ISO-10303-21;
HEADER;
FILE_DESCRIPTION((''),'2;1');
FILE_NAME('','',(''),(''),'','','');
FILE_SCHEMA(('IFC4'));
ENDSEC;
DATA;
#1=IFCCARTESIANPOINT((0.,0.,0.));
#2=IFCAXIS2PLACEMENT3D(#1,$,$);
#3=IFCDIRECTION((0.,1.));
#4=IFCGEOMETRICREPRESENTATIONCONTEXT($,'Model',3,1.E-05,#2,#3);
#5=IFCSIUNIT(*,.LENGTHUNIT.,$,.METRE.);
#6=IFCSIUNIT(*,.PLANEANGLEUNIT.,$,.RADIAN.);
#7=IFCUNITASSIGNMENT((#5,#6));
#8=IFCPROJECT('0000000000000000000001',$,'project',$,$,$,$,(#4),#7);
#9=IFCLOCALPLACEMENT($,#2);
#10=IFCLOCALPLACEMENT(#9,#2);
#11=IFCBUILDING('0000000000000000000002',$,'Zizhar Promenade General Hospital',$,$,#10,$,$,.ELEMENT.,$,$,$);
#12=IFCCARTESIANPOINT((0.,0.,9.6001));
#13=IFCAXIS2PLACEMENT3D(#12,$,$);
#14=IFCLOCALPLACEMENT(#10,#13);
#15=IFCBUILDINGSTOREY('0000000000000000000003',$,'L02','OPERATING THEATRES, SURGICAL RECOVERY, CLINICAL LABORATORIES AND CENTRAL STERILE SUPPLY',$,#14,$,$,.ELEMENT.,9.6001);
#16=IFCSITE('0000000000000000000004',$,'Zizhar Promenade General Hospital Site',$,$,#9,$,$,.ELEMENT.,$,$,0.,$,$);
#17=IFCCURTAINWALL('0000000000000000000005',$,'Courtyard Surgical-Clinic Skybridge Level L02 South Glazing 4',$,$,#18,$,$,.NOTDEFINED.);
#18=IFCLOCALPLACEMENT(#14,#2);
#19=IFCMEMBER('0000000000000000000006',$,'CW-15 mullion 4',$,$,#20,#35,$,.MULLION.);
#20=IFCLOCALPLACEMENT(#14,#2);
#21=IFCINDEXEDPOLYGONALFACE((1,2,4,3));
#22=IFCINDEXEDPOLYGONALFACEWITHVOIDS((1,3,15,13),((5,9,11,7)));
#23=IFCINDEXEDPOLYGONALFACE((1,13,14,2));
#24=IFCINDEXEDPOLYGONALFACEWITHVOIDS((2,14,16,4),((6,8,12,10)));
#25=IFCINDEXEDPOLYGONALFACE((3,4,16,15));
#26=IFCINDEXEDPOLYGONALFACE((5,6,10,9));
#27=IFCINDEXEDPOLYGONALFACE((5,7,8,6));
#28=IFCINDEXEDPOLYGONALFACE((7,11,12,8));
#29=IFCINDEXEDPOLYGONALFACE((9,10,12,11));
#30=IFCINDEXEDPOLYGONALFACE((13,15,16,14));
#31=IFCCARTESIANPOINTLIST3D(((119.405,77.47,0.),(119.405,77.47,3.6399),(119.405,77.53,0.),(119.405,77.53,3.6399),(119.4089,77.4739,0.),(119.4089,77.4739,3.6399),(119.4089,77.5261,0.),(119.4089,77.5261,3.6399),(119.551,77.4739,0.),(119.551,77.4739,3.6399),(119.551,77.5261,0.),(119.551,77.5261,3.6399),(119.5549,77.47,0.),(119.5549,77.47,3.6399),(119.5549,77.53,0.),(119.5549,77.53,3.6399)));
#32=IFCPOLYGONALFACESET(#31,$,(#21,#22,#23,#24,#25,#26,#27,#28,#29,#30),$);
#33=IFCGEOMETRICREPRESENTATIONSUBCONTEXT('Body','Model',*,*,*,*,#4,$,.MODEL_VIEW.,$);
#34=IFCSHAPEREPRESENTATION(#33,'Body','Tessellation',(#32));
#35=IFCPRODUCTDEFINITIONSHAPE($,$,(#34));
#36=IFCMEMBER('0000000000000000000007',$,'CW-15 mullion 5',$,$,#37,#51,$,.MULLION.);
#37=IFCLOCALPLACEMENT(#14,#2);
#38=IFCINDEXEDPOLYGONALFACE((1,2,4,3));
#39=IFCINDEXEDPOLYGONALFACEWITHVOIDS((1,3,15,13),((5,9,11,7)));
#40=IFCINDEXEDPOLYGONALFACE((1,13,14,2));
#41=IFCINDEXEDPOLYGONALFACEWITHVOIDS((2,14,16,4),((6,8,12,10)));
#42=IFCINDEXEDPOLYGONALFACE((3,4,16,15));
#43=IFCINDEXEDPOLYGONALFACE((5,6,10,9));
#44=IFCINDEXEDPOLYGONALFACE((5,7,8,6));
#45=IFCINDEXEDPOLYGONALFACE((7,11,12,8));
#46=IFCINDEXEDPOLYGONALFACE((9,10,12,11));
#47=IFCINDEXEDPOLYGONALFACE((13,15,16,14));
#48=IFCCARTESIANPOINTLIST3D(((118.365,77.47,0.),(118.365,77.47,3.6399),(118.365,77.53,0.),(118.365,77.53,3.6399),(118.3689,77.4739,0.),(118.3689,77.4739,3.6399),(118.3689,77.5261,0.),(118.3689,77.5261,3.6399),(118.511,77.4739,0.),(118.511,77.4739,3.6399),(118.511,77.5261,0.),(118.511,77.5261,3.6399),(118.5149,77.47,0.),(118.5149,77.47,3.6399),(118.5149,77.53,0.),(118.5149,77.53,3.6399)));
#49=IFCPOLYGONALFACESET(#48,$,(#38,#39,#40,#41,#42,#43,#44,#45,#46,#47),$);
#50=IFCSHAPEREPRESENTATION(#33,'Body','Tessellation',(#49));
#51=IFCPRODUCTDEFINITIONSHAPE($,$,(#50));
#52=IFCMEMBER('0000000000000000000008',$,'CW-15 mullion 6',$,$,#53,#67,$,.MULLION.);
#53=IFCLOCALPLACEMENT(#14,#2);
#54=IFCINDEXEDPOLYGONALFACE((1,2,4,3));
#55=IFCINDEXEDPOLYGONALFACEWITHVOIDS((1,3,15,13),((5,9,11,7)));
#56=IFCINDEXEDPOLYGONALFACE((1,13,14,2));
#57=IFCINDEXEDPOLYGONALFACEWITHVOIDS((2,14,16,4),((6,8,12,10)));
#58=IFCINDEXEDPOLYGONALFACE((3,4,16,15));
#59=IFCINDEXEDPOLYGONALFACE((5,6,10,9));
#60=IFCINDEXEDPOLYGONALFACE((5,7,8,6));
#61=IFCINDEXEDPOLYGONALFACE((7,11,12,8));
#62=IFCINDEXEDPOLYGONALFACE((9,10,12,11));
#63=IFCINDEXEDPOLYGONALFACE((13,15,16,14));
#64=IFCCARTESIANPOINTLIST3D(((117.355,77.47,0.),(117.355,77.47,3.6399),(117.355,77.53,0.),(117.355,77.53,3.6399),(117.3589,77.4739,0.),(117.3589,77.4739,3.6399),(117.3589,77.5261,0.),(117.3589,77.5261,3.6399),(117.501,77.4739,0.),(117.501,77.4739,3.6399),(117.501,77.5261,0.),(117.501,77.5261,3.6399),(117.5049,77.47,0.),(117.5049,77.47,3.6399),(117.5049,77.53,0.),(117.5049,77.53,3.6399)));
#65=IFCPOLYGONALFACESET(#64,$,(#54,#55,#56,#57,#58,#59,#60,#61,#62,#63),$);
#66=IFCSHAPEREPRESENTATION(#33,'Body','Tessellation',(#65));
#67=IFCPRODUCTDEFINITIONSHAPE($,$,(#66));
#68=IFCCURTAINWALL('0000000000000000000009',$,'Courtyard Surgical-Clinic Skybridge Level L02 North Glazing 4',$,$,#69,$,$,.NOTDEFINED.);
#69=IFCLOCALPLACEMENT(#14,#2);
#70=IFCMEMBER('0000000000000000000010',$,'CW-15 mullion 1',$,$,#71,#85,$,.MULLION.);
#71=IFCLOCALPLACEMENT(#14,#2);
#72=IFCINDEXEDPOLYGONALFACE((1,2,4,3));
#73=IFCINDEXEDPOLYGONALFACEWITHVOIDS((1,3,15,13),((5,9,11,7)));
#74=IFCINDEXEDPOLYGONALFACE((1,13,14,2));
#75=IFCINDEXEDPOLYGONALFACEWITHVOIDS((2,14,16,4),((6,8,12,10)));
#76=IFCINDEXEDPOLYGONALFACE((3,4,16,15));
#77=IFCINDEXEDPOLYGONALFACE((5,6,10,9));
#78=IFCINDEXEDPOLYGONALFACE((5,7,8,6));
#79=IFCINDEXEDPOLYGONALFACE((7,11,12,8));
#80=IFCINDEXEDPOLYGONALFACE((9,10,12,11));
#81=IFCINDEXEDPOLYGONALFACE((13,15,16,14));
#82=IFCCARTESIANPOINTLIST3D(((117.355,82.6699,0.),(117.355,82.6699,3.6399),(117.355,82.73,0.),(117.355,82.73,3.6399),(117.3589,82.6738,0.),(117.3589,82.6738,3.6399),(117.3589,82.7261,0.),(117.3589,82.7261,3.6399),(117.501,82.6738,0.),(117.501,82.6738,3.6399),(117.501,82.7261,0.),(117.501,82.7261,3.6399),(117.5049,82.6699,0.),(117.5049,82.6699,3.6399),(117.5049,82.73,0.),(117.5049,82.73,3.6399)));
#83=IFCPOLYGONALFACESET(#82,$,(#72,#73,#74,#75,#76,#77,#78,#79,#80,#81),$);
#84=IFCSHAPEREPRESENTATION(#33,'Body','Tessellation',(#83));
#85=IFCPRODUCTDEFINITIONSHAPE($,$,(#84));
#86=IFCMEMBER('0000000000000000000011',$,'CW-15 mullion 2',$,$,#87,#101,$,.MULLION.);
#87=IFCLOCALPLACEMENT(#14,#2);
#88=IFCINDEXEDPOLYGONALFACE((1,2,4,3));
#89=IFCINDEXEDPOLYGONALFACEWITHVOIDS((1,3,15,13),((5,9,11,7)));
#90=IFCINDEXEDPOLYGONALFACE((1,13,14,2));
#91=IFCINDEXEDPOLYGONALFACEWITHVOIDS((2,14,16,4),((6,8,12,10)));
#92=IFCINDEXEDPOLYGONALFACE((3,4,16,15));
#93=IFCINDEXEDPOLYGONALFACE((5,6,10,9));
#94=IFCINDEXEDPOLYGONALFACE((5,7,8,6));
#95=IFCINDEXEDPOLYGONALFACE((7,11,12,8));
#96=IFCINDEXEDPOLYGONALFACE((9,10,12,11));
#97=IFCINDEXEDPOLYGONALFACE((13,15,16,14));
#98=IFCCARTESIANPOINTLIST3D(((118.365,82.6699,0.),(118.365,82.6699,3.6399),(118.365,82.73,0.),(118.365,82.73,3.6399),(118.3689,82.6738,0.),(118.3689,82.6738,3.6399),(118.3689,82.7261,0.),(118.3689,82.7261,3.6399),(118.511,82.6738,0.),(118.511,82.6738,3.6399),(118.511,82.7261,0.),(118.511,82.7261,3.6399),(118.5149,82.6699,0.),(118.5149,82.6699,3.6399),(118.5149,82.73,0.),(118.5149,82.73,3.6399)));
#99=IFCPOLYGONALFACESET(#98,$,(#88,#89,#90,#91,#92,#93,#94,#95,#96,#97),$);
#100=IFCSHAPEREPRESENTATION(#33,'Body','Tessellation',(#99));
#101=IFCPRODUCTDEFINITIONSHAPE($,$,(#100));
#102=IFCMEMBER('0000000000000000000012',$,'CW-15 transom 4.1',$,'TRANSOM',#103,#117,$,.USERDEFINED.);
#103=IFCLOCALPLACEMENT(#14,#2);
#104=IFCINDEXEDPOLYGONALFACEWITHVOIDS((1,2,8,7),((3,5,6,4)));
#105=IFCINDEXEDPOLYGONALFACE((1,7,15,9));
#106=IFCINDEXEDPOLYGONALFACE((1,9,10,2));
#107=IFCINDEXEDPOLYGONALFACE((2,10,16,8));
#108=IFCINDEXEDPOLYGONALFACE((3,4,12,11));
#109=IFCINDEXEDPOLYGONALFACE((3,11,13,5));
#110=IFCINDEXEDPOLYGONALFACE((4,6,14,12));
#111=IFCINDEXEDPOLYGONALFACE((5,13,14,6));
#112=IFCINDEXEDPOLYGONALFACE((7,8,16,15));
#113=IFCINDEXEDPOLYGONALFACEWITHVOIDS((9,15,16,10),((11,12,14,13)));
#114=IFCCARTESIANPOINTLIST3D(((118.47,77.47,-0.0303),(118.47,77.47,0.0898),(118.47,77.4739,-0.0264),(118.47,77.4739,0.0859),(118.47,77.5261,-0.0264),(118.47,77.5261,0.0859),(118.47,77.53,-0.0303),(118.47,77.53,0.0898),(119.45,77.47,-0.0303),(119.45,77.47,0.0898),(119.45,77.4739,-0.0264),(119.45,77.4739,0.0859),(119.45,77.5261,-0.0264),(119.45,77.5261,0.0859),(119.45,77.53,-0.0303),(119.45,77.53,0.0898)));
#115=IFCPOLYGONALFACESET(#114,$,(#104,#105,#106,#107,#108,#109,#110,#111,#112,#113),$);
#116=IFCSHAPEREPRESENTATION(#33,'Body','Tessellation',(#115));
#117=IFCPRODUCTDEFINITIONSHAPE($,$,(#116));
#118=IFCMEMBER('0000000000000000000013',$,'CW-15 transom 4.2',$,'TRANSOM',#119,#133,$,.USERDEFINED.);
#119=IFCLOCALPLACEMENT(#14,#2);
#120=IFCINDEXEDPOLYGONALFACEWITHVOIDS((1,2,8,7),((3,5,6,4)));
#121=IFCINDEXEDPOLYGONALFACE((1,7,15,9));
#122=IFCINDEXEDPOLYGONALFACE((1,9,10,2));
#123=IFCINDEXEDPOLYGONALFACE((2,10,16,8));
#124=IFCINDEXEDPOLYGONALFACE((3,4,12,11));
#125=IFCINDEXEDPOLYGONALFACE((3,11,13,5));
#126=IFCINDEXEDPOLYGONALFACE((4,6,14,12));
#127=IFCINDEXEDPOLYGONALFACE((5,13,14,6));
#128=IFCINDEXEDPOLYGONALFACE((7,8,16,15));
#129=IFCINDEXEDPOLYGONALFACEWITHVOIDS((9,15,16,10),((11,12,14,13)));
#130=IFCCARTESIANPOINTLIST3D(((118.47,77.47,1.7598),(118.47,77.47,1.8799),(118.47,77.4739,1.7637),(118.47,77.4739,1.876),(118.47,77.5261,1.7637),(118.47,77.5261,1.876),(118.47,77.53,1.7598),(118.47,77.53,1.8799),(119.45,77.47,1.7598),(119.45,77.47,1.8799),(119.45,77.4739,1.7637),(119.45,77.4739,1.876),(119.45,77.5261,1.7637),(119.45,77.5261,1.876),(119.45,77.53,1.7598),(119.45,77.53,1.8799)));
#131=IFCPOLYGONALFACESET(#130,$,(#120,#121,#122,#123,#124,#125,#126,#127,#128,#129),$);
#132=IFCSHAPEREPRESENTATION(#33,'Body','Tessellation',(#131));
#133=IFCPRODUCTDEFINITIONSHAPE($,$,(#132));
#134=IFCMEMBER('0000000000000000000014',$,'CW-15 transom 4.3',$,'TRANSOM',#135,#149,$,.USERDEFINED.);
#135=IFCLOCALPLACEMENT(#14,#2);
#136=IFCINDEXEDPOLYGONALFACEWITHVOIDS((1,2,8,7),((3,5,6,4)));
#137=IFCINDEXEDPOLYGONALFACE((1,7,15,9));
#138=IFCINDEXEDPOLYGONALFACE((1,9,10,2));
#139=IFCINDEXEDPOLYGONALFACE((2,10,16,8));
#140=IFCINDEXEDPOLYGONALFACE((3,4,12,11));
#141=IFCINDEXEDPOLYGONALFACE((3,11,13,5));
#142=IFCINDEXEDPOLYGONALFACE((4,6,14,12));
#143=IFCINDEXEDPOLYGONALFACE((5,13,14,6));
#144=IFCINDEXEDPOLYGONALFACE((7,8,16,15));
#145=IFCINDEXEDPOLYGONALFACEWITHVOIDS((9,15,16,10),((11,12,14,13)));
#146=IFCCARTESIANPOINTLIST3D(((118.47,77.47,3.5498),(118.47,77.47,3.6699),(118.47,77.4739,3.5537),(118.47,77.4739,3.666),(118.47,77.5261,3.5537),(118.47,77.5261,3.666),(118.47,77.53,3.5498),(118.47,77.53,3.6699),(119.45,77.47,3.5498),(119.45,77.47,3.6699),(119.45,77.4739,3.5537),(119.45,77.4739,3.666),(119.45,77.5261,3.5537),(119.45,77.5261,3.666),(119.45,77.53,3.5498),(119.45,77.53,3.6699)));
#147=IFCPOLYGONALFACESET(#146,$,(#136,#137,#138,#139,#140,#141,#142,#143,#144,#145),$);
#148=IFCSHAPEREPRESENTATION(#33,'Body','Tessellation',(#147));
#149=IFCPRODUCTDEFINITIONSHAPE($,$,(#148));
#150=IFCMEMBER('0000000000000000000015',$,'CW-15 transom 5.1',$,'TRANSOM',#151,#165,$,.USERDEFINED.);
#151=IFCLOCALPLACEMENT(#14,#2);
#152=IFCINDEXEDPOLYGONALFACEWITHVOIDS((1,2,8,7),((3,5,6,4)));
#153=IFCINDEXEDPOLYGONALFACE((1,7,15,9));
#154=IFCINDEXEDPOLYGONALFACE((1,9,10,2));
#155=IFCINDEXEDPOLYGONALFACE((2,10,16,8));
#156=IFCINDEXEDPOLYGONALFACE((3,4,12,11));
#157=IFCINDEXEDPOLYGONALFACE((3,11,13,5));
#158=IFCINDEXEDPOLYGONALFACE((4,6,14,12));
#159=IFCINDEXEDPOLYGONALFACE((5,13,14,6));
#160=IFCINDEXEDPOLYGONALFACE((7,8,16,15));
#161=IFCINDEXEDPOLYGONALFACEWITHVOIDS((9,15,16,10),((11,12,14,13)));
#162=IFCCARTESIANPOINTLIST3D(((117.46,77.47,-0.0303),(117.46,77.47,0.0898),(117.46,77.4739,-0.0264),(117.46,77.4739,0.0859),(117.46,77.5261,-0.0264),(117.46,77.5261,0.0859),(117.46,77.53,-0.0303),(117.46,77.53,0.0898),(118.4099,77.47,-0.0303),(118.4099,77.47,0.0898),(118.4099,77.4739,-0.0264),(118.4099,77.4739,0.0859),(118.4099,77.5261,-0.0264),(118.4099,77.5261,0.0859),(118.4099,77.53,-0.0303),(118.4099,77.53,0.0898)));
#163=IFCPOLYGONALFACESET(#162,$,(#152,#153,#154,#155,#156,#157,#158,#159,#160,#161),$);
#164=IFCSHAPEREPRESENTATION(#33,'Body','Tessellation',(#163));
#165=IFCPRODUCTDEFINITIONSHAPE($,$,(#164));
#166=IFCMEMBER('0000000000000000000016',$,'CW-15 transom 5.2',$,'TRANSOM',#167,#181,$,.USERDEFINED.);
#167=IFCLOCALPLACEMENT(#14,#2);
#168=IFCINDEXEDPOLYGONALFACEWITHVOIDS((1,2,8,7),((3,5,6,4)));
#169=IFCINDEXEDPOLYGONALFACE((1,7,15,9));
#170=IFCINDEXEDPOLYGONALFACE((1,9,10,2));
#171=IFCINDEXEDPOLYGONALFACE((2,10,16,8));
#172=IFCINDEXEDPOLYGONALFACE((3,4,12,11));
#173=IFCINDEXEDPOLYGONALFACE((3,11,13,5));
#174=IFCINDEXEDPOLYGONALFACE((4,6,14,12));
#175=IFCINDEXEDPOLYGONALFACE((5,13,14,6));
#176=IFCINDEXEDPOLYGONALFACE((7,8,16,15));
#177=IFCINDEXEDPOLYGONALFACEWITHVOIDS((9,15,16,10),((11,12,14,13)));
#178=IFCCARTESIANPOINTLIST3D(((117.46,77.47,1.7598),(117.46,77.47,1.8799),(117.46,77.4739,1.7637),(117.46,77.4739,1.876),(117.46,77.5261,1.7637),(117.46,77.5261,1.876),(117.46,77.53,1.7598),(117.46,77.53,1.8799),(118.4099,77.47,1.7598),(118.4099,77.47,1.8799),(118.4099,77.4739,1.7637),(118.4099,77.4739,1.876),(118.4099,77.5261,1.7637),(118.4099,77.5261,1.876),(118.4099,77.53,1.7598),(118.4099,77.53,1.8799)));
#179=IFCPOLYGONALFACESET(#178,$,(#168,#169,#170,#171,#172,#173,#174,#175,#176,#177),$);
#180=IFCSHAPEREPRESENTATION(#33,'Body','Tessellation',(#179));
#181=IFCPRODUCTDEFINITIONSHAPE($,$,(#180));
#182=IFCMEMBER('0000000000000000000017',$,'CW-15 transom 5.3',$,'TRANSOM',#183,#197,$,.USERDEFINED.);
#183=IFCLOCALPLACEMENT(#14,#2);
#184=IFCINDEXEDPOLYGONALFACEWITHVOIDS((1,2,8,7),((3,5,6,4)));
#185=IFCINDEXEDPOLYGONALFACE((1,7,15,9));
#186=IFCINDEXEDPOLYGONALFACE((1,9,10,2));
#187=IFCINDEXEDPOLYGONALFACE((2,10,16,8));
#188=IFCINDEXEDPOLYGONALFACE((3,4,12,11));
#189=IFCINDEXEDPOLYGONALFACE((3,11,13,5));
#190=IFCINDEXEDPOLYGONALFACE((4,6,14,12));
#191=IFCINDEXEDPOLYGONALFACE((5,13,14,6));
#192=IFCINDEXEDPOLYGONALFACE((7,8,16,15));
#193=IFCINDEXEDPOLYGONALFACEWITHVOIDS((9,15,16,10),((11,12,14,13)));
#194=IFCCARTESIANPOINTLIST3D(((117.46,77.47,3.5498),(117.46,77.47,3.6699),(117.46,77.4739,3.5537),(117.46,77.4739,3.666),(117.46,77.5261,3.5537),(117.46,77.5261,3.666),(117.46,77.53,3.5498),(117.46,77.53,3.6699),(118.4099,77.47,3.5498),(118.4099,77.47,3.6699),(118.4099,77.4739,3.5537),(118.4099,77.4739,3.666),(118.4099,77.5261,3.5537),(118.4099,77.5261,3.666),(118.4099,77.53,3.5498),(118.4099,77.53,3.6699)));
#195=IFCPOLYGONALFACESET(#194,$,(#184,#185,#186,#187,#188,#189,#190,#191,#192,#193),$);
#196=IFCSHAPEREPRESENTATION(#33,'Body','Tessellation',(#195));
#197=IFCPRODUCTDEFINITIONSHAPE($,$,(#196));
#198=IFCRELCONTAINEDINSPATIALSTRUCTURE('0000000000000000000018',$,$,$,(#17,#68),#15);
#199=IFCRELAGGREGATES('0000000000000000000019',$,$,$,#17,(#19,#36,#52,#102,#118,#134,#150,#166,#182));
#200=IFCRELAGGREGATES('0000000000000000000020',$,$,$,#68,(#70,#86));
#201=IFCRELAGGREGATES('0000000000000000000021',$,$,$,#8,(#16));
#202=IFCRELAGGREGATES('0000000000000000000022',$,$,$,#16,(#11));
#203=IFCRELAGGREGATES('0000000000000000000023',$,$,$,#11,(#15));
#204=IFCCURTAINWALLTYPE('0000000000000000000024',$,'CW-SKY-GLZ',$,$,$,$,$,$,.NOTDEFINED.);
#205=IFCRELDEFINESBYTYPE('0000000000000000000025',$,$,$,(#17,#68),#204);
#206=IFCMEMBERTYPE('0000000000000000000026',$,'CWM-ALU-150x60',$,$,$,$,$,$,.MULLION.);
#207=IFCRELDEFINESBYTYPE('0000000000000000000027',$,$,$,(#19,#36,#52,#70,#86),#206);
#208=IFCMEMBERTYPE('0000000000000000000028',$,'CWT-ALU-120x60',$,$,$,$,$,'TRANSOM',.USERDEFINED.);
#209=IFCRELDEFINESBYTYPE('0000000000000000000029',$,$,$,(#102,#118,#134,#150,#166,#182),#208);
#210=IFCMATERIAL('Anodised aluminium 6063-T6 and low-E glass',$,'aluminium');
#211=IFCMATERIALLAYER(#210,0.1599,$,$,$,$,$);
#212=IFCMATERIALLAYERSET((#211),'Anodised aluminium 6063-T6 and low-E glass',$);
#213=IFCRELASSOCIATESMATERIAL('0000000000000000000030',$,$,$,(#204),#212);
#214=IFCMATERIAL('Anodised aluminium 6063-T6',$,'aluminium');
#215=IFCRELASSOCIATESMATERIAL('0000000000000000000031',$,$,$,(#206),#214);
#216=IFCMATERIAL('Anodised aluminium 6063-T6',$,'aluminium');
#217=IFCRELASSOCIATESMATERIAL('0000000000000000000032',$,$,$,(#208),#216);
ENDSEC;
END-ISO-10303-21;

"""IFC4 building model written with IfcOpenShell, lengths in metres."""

from ifc_helpers import new_model, si_unit, direction, frame, origin, origin_2d, place, context, subcontext, project, spatial, hollow_rectangle, extrude, material, layer, layer_set, material_profile, profile_set, type_object, element, aggregate, save


model = new_model("IFC4")

# Units and contexts
model_context = context("Model", 3, precision=1e-05, world=origin(), true_north=direction((0.0, 1.0)))
body_context = subcontext(model_context, "Body", "Model", "MODEL_VIEW")
ifc_project = project(units=[si_unit("LENGTHUNIT", "METRE"), si_unit("PLANEANGLEUNIT", "RADIAN")], contexts=[model_context])

# Site, building, storey
site_placement = place(None, origin())
site = spatial("IfcSite", under=ifc_project, at=site_placement, Name="Zizhar Promenade General Hospital Site", CompositionType="ELEMENT", RefElevation=0.0)
building_placement = place(site_placement, origin())
building = spatial("IfcBuilding", under=site, at=building_placement, Name="Zizhar Promenade General Hospital", CompositionType="ELEMENT")
storey_placement = place(building_placement, frame((0.0, 0.0, 9.6001)))
storey = spatial("IfcBuildingStorey", under=building, at=storey_placement, Name="L02", Description="OPERATING THEATRES, SURGICAL RECOVERY, CLINICAL LABORATORIES AND CENTRAL STERILE SUPPLY", CompositionType="ELEMENT", Elevation=9.6001)

# Curtain walls, members
ifc_material_1 = material(Name="Anodised aluminium 6063-T6 and low-E glass", Category="aluminium")
ifc_layer_1 = layer(ifc_material_1, 0.1599)
ifc_layer_set_1 = layer_set([ifc_layer_1], Name="Anodised aluminium 6063-T6 and low-E glass")
curtain_wall_type = type_object("IfcCurtainWallType", Name="CW-SKY-GLZ", PredefinedType="NOTDEFINED", material=ifc_layer_set_1)
curtain_wall_1_placement = place(storey_placement, origin())
curtain_wall_1 = element("IfcCurtainWall", 1, at=curtain_wall_1_placement, inside=storey, type_object=curtain_wall_type, Name="Courtyard Surgical-Clinic Skybridge Level L02 South Glazing 4", PredefinedType="NOTDEFINED")
ifc_material_2 = material(Name="Anodised aluminium 6063-T6", Category="aluminium")
ifc_material_profile_1 = material_profile(ifc_material_2, hollow_rectangle(XDim=0.0601, YDim=0.1499, WallThickness=0.0039, at=origin_2d()))
ifc_profile_set_1 = profile_set([ifc_material_profile_1], Name="Anodised aluminium 6063-T6")
member_type_1 = type_object("IfcMemberType", Name="CWM-ALU-150x60", PredefinedType="MULLION", material=ifc_profile_set_1)
member_1_placement = place(storey_placement, frame((119.48, 77.5, 0.0), z_axis=(0.0, 0.0, 1.0), x_axis=(0.0, -1.0, 0.0)))
member_1 = element("IfcMember", 2, at=member_1_placement, type_object=member_type_1, Name="CW-15 mullion 4", PredefinedType="MULLION", context=body_context, shape_type="SweptSolid", body=[
    extrude(hollow_rectangle(XDim=0.0601, YDim=0.1499, WallThickness=0.0039, at=origin_2d()), origin(), (0.0, 0.0, 1.0), 3.6399),
])
member_2_placement = place(storey_placement, frame((118.4399, 77.5, 0.0), z_axis=(0.0, 0.0, 1.0), x_axis=(0.0, -1.0, 0.0)))
member_2 = element("IfcMember", 3, at=member_2_placement, type_object=member_type_1, Name="CW-15 mullion 5", PredefinedType="MULLION", context=body_context, shape_type="SweptSolid", body=[
    extrude(hollow_rectangle(XDim=0.0601, YDim=0.1499, WallThickness=0.0039, at=origin_2d()), origin(), (0.0, 0.0, 1.0), 3.6399),
])
member_3_placement = place(storey_placement, frame((117.4299, 77.5, 0.0), z_axis=(0.0, 0.0, 1.0), x_axis=(0.0, -1.0, 0.0)))
member_3 = element("IfcMember", 4, at=member_3_placement, type_object=member_type_1, Name="CW-15 mullion 6", PredefinedType="MULLION", context=body_context, shape_type="SweptSolid", body=[
    extrude(hollow_rectangle(XDim=0.0601, YDim=0.1499, WallThickness=0.0039, at=origin_2d()), origin(), (0.0, 0.0, 1.0), 3.6399),
])
curtain_wall_2_placement = place(storey_placement, origin())
curtain_wall_2 = element("IfcCurtainWall", 5, at=curtain_wall_2_placement, inside=storey, type_object=curtain_wall_type, Name="Courtyard Surgical-Clinic Skybridge Level L02 North Glazing 4", PredefinedType="NOTDEFINED")
member_4_placement = place(storey_placement, frame((117.4299, 82.7, 0.0), z_axis=(0.0, 0.0, 1.0), x_axis=(0.0, 1.0, 0.0)))
member_4 = element("IfcMember", 6, at=member_4_placement, type_object=member_type_1, Name="CW-15 mullion 1", PredefinedType="MULLION", context=body_context, shape_type="SweptSolid", body=[
    extrude(hollow_rectangle(XDim=0.0601, YDim=0.1499, WallThickness=0.0039, at=origin_2d()), origin(), (0.0, 0.0, 1.0), 3.6399),
])
member_5_placement = place(storey_placement, frame((118.4399, 82.7, 0.0), z_axis=(0.0, 0.0, 1.0), x_axis=(0.0, 1.0, 0.0)))
member_5 = element("IfcMember", 7, at=member_5_placement, type_object=member_type_1, Name="CW-15 mullion 2", PredefinedType="MULLION", context=body_context, shape_type="SweptSolid", body=[
    extrude(hollow_rectangle(XDim=0.0601, YDim=0.1499, WallThickness=0.0039, at=origin_2d()), origin(), (0.0, 0.0, 1.0), 3.6399),
])

# Members
ifc_material_3 = material(Name="Anodised aluminium 6063-T6", Category="aluminium")
ifc_material_profile_2 = material_profile(ifc_material_3, hollow_rectangle(XDim=0.0601, YDim=0.1201, WallThickness=0.0039, at=origin_2d()))
ifc_profile_set_2 = profile_set([ifc_material_profile_2], Name="Anodised aluminium 6063-T6")
member_type_2 = type_object("IfcMemberType", Name="CWT-ALU-120x60", ElementType="TRANSOM", PredefinedType="USERDEFINED", material=ifc_profile_set_2)
member_6_placement = place(storey_placement, frame((119.45, 77.5, 0.0298), z_axis=(-1.0, 0.0, 0.0), x_axis=(0.0, -1.0, 0.0)))
member_6 = element("IfcMember", 8, at=member_6_placement, type_object=member_type_2, Name="CW-15 transom 4.1", ObjectType="TRANSOM", PredefinedType="USERDEFINED", context=body_context, shape_type="SweptSolid", body=[
    extrude(hollow_rectangle(XDim=0.0601, YDim=0.1201, WallThickness=0.0039, at=origin_2d()), origin(), (0.0, 0.0, 1.0), 0.98),
])
member_7_placement = place(storey_placement, frame((119.45, 77.5, 1.8198), z_axis=(-1.0, 0.0, 0.0), x_axis=(0.0, -1.0, 0.0)))
member_7 = element("IfcMember", 9, at=member_7_placement, type_object=member_type_2, Name="CW-15 transom 4.2", ObjectType="TRANSOM", PredefinedType="USERDEFINED", context=body_context, shape_type="SweptSolid", body=[
    extrude(hollow_rectangle(XDim=0.0601, YDim=0.1201, WallThickness=0.0039, at=origin_2d()), origin(), (0.0, 0.0, 1.0), 0.98),
])
member_8_placement = place(storey_placement, frame((119.45, 77.5, 3.6099), z_axis=(-1.0, 0.0, 0.0), x_axis=(0.0, -1.0, 0.0)))
member_8 = element("IfcMember", 10, at=member_8_placement, type_object=member_type_2, Name="CW-15 transom 4.3", ObjectType="TRANSOM", PredefinedType="USERDEFINED", context=body_context, shape_type="SweptSolid", body=[
    extrude(hollow_rectangle(XDim=0.0601, YDim=0.1201, WallThickness=0.0039, at=origin_2d()), origin(), (0.0, 0.0, 1.0), 0.98),
])
member_9_placement = place(storey_placement, frame((118.4099, 77.5, 0.0298), z_axis=(-1.0, 0.0, 0.0), x_axis=(0.0, -1.0, 0.0)))
member_9 = element("IfcMember", 11, at=member_9_placement, type_object=member_type_2, Name="CW-15 transom 5.1", ObjectType="TRANSOM", PredefinedType="USERDEFINED", context=body_context, shape_type="SweptSolid", body=[
    extrude(hollow_rectangle(XDim=0.0601, YDim=0.1201, WallThickness=0.0039, at=origin_2d()), origin(), (0.0, 0.0, 1.0), 0.95),
])
member_10_placement = place(storey_placement, frame((118.4099, 77.5, 1.8198), z_axis=(-1.0, 0.0, 0.0), x_axis=(0.0, -1.0, 0.0)))
member_10 = element("IfcMember", 12, at=member_10_placement, type_object=member_type_2, Name="CW-15 transom 5.2", ObjectType="TRANSOM", PredefinedType="USERDEFINED", context=body_context, shape_type="SweptSolid", body=[
    extrude(hollow_rectangle(XDim=0.0601, YDim=0.1201, WallThickness=0.0039, at=origin_2d()), origin(), (0.0, 0.0, 1.0), 0.95),
])
member_11_placement = place(storey_placement, frame((118.4099, 77.5, 3.6099), z_axis=(-1.0, 0.0, 0.0), x_axis=(0.0, -1.0, 0.0)))
member_11 = element("IfcMember", 13, at=member_11_placement, type_object=member_type_2, Name="CW-15 transom 5.3", ObjectType="TRANSOM", PredefinedType="USERDEFINED", context=body_context, shape_type="SweptSolid", body=[
    extrude(hollow_rectangle(XDim=0.0601, YDim=0.1201, WallThickness=0.0039, at=origin_2d()), origin(), (0.0, 0.0, 1.0), 0.95),
])

aggregate(curtain_wall_1, [member_1, member_2, member_3, member_6, member_7, member_8, member_9, member_10, member_11])
aggregate(curtain_wall_2, [member_4, member_5])

save(model, "model.ifc")
